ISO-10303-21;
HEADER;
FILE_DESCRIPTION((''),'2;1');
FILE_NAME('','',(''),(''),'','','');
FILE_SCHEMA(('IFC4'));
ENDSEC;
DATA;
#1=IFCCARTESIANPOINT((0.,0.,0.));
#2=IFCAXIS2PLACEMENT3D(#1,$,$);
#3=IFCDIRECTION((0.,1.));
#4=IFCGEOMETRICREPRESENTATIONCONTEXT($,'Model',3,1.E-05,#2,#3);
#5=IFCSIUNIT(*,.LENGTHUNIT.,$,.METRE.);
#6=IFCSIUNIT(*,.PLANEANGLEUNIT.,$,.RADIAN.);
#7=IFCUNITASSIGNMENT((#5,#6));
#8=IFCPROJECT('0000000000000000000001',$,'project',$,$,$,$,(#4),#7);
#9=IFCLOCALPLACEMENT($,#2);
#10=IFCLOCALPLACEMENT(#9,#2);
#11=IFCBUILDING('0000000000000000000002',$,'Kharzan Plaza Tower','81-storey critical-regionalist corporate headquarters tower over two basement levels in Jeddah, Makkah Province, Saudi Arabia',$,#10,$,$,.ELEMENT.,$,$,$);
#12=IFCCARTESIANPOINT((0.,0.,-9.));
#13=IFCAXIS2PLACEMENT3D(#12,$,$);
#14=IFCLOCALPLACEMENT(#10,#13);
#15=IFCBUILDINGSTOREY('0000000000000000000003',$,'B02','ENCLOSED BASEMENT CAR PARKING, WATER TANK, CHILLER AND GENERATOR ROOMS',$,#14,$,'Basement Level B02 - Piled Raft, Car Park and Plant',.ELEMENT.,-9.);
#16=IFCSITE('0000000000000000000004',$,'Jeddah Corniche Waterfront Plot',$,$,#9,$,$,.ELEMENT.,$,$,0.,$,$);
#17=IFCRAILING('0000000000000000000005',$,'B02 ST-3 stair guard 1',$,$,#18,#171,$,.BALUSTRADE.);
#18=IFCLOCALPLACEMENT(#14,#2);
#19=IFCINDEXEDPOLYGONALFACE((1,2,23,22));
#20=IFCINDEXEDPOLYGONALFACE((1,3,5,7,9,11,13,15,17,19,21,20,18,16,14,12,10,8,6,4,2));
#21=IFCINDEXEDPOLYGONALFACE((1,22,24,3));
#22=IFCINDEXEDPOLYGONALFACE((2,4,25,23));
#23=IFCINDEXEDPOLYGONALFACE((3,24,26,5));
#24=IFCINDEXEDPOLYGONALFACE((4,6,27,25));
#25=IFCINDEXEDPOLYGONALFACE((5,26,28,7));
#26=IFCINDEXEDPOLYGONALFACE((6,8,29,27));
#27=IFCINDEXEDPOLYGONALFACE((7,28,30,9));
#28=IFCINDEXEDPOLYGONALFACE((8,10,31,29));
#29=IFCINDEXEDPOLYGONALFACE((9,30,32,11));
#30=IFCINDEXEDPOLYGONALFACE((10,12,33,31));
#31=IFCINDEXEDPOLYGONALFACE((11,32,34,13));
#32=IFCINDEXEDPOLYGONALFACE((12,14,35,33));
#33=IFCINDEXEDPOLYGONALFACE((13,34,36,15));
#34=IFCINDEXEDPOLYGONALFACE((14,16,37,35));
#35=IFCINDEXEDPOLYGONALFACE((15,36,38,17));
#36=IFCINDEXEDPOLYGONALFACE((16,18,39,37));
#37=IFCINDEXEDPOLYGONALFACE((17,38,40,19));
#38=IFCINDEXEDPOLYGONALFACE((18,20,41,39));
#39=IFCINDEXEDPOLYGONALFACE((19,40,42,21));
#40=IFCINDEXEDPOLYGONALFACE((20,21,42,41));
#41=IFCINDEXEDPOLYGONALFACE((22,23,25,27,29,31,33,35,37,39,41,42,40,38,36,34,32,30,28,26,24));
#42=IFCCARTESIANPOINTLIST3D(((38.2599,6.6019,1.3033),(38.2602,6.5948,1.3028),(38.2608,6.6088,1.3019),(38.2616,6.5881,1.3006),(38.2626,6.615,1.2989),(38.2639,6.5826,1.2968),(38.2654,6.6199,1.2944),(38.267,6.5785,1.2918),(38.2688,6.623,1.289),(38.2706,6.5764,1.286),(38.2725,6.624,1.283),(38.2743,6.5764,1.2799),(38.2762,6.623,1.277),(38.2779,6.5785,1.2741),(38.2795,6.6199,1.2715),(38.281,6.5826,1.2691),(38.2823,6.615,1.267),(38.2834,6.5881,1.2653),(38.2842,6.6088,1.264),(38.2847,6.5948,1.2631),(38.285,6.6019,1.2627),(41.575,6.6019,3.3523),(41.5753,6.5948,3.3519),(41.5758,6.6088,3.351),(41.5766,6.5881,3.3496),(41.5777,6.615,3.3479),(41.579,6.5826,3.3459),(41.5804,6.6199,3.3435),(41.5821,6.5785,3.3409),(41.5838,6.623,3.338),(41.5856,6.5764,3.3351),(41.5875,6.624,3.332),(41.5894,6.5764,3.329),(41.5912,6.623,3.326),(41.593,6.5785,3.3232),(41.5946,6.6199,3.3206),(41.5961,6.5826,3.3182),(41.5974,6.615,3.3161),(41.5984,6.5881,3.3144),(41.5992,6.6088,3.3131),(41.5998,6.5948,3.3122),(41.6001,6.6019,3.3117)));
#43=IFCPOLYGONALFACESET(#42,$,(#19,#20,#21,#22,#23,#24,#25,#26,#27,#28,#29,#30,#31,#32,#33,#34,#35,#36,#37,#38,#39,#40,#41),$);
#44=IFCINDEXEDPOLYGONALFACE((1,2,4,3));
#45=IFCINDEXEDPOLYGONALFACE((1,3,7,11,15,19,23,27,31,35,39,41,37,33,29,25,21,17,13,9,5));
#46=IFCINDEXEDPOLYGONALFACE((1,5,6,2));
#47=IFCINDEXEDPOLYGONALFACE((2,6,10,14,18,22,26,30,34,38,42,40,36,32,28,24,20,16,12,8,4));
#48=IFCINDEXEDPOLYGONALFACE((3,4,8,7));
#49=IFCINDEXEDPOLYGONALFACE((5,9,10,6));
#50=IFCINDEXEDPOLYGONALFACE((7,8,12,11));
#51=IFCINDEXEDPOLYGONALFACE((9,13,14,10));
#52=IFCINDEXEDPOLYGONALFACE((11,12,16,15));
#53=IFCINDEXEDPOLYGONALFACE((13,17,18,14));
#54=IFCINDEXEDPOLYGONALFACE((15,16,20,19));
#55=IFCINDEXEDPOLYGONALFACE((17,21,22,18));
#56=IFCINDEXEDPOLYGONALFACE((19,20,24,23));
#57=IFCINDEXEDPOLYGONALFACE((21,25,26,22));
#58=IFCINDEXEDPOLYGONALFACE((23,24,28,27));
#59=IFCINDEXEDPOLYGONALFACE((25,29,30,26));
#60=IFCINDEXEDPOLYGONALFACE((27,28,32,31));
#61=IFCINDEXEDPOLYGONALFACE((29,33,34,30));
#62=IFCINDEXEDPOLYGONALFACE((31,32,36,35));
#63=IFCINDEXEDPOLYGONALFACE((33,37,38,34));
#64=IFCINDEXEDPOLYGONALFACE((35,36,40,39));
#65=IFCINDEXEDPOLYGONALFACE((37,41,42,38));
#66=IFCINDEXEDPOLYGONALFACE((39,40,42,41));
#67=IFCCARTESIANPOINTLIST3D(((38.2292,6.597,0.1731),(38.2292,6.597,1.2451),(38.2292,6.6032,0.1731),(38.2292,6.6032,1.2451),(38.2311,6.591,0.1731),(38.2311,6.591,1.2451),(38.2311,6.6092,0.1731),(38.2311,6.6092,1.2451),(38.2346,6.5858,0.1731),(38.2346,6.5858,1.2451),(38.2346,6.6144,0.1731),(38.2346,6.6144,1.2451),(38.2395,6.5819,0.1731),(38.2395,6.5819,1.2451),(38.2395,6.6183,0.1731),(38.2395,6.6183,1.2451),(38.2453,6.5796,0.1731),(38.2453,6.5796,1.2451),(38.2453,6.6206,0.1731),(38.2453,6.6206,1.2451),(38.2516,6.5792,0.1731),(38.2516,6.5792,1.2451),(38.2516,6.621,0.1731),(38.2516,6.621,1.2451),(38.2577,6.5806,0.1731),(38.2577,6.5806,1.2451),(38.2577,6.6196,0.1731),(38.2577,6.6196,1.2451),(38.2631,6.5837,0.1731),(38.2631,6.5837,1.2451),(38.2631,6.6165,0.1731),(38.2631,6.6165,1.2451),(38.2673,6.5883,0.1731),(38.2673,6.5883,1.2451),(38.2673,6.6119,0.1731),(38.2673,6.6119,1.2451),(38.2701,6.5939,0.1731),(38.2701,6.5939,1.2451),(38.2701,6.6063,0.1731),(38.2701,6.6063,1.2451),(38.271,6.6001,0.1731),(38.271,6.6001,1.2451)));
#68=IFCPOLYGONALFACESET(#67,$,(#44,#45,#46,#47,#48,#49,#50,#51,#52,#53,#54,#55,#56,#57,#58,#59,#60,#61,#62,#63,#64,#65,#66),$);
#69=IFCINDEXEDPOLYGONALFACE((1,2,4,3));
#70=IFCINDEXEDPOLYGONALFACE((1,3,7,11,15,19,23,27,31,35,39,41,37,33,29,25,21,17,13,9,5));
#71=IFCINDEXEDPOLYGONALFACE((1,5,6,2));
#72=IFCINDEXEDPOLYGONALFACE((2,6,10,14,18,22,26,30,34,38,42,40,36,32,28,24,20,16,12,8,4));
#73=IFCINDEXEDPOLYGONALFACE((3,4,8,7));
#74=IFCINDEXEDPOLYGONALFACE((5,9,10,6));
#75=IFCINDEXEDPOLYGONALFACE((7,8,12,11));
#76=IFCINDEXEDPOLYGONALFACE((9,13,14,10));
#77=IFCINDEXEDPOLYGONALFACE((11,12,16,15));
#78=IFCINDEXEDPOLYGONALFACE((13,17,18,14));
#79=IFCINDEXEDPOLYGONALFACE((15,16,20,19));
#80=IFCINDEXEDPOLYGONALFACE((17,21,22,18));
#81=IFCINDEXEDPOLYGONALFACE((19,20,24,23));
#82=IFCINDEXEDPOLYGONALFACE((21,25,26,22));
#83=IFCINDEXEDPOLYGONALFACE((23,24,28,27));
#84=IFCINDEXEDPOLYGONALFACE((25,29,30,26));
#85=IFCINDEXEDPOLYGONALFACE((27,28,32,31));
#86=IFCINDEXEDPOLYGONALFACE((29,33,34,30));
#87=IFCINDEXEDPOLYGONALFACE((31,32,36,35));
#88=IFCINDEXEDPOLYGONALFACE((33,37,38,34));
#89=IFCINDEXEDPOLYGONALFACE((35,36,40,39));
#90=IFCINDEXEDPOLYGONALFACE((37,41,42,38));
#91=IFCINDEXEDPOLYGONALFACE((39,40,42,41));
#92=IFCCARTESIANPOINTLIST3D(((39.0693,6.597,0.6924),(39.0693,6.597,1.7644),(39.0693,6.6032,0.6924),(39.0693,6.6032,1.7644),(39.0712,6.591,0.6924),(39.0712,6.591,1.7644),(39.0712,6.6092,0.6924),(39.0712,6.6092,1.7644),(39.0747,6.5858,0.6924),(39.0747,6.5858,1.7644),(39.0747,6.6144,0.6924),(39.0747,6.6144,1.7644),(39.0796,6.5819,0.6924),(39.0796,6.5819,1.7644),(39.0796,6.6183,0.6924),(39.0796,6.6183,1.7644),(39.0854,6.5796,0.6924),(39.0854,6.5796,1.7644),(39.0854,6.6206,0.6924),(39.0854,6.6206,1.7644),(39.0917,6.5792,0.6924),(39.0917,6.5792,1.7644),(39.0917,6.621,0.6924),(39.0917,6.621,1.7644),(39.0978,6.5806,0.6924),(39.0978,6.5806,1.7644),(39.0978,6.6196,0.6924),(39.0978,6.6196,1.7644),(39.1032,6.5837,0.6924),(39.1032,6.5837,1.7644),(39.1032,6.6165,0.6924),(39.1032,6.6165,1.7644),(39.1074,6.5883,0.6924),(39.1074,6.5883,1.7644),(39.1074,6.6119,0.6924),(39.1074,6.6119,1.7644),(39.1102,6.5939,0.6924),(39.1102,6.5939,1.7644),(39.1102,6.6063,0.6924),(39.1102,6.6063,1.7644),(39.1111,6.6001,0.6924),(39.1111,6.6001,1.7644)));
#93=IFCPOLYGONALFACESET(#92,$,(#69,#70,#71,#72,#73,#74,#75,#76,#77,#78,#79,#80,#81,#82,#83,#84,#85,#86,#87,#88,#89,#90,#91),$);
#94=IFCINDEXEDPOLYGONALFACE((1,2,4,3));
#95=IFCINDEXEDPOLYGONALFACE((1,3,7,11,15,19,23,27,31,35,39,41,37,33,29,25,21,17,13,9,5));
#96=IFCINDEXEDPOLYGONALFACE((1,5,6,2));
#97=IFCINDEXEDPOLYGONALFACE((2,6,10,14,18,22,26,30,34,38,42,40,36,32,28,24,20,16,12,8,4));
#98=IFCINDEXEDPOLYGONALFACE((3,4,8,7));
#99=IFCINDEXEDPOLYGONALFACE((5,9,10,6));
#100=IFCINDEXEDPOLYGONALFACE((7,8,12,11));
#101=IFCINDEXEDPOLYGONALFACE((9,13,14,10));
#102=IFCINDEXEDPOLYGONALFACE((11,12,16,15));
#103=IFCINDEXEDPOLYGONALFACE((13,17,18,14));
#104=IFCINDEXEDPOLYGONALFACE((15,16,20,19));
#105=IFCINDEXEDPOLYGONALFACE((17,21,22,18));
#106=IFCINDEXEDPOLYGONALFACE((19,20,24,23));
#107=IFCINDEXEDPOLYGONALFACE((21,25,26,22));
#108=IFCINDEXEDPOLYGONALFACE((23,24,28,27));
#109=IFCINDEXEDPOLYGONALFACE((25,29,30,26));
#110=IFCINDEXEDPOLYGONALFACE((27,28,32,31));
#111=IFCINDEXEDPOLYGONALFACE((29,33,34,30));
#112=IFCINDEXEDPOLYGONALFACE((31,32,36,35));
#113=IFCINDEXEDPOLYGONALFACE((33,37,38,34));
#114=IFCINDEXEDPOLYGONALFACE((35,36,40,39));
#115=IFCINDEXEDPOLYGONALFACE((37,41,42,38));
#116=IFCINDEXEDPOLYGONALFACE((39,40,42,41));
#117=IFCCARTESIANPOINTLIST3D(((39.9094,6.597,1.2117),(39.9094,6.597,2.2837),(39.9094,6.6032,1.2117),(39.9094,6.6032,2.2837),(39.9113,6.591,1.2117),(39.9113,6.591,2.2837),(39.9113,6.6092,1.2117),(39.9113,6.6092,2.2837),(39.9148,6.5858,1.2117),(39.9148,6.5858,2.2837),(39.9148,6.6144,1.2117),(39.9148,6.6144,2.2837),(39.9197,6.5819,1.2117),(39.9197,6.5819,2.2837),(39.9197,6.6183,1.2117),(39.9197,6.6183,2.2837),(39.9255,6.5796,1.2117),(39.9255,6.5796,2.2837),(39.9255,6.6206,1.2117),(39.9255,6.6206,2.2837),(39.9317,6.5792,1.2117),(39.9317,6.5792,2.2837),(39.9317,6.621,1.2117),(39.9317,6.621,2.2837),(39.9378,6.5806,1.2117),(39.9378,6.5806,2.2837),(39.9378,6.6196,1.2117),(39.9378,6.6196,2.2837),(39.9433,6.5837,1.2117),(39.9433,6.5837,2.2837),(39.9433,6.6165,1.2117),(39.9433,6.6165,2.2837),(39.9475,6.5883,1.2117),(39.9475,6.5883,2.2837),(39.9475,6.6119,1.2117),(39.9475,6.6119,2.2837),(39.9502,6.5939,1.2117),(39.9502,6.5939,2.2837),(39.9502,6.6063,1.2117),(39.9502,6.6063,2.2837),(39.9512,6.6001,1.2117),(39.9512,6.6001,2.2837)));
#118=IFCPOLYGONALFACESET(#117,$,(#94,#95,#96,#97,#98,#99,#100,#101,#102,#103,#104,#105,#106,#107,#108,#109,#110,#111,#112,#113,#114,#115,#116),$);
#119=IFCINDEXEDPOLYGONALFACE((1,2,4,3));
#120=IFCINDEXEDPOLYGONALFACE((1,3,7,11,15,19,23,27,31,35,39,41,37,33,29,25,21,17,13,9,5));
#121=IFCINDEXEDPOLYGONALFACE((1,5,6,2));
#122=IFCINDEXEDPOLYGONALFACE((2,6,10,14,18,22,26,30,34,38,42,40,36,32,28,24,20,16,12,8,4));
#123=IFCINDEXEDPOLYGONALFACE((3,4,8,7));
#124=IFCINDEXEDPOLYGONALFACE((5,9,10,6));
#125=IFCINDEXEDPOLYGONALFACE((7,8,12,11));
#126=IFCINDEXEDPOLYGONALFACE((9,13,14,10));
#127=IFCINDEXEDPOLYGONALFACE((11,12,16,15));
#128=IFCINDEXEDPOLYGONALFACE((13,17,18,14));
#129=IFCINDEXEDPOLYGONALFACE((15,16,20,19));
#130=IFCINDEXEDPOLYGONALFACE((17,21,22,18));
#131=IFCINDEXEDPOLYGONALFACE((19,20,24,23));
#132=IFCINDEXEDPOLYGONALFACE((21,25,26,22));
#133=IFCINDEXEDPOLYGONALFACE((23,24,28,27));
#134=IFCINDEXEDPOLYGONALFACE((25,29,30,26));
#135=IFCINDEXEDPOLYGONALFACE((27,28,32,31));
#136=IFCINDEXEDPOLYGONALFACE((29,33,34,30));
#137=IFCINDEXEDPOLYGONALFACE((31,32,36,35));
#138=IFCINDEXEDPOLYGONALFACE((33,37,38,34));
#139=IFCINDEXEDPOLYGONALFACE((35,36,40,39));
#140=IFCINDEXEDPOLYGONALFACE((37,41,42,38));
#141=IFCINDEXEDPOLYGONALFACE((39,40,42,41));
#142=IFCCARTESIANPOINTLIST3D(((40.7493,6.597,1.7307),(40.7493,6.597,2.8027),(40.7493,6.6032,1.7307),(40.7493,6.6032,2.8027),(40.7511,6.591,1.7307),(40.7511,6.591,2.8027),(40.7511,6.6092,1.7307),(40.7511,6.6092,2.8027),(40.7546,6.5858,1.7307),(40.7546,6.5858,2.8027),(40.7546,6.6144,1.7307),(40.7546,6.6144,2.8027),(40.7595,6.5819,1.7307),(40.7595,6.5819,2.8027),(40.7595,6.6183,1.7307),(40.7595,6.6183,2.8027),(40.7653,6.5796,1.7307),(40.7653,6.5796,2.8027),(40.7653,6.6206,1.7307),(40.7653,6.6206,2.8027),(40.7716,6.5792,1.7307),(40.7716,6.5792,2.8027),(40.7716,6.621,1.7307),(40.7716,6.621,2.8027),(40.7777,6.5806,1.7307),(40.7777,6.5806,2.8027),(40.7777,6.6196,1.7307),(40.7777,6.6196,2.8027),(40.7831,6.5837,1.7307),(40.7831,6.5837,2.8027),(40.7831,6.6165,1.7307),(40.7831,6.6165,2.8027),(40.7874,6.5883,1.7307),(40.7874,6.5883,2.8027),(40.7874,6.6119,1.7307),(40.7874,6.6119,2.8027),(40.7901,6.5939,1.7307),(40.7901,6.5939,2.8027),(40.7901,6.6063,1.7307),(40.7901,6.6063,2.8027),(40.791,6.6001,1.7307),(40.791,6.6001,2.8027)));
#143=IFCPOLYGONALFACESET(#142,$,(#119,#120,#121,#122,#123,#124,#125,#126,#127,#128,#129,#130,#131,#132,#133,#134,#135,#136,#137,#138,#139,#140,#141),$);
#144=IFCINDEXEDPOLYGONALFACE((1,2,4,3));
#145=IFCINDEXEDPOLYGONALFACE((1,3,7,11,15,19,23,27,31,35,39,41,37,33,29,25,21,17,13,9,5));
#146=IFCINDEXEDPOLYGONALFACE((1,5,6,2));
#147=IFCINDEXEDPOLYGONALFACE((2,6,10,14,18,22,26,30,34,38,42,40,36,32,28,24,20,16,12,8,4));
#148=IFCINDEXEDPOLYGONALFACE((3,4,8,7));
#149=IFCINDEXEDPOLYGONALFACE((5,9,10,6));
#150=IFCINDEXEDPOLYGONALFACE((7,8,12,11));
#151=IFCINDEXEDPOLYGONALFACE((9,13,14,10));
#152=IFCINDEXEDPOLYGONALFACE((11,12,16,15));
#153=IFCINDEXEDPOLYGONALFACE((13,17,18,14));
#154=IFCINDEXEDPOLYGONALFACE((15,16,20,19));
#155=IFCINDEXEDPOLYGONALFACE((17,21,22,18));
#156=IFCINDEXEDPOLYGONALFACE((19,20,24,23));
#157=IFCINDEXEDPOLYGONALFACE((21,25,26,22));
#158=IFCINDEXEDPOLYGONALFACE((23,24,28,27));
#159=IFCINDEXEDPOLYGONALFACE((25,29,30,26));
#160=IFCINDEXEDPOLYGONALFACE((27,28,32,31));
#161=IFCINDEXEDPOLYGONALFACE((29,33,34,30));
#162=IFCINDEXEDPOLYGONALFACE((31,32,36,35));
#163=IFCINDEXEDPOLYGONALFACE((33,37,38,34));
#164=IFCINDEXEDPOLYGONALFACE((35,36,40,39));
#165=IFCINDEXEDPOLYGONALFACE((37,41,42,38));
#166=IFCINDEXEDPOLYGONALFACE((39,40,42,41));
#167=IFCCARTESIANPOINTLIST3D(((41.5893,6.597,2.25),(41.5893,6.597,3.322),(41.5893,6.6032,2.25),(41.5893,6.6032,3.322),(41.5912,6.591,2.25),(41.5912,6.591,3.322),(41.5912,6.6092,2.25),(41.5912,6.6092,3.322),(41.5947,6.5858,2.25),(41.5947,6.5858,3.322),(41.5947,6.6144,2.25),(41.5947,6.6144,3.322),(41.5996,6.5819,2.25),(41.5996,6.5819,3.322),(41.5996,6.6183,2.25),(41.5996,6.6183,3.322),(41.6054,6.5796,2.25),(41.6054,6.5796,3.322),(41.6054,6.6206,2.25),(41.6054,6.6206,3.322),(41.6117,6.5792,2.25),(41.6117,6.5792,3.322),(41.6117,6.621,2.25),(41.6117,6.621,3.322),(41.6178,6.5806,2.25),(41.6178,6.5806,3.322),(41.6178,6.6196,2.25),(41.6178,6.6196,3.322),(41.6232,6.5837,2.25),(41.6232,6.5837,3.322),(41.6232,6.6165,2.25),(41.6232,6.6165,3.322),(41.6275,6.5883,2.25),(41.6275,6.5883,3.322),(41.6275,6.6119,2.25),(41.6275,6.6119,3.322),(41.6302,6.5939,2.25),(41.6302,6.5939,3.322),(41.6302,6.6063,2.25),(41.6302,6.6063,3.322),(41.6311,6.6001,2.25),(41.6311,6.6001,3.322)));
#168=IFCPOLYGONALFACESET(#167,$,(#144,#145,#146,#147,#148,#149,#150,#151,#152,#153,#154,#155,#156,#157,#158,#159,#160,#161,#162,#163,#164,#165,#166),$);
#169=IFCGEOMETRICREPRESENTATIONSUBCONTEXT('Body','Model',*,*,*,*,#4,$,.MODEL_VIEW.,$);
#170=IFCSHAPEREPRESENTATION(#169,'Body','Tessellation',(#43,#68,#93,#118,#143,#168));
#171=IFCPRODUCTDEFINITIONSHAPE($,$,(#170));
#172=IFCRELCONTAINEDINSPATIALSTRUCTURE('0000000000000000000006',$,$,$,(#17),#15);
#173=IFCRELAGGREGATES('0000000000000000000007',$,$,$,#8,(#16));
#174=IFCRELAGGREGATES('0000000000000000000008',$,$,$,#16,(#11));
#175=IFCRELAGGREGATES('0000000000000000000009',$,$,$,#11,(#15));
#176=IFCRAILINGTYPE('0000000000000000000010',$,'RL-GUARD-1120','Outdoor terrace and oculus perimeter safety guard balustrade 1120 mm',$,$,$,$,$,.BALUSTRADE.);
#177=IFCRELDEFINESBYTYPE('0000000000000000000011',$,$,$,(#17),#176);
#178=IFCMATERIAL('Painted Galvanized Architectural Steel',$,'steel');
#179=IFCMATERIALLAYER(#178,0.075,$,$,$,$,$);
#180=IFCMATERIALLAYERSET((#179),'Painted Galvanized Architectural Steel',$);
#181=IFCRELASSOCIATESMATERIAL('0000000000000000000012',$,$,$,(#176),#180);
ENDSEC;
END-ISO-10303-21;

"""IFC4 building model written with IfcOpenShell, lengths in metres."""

from ifc_helpers import new_model, si_unit, direction, frame, origin, origin_2d, place, context, subcontext, project, spatial, circle, extrude, source, transform, mapped, material, layer, layer_set, type_object, element, save


model = new_model("IFC4")

# Units and contexts
model_context = context("Model", 3, precision=1e-05, world=origin(), true_north=direction((0.0, 1.0)))
body_context = subcontext(model_context, "Body", "Model", "MODEL_VIEW")
ifc_project = project(units=[si_unit("LENGTHUNIT", "METRE"), si_unit("PLANEANGLEUNIT", "RADIAN")], contexts=[model_context])

# Site, building, storey
site_placement = place(None, origin())
site = spatial("IfcSite", under=ifc_project, at=site_placement, Name="Jeddah Corniche Waterfront Plot", CompositionType="ELEMENT", RefElevation=0.0)
building_placement = place(site_placement, origin())
building = spatial("IfcBuilding", under=site, at=building_placement, Name="Kharzan Plaza Tower", Description="81-storey critical-regionalist corporate headquarters tower over two basement levels in Jeddah, Makkah Province, Saudi Arabia", CompositionType="ELEMENT")
storey_placement = place(building_placement, frame((0.0, 0.0, -9.0)))
storey = spatial("IfcBuildingStorey", under=building, at=storey_placement, Name="B02", Description="ENCLOSED BASEMENT CAR PARKING, WATER TANK, CHILLER AND GENERATOR ROOMS", LongName="Basement Level B02 - Piled Raft, Car Park and Plant", CompositionType="ELEMENT", Elevation=-9.0)

# Railing
ifc_material_1 = material(Name="Painted Galvanized Architectural Steel", Category="steel")
ifc_layer_1 = layer(ifc_material_1, 0.075)
ifc_layer_set_1 = layer_set([ifc_layer_1], Name="Painted Galvanized Architectural Steel")
railing_type_1 = type_object("IfcRailingType", Name="RL-GUARD-1120", Description="Outdoor terrace and oculus perimeter safety guard balustrade 1120 mm", PredefinedType="BALUSTRADE", material=ifc_layer_set_1)
shared_shape_1 = source(origin(), body_context, "Body", "SweptSolid", [
    extrude(circle(Radius=0.0239, at=origin_2d()), frame((0.0225, 0.0, 1.1099), z_axis=(0.850623, 0.0, 0.525776), x_axis=(0.0, 1.0, 0.0)), (0.0, 0.0, 1.0), 3.8972),
    extrude(circle(Radius=0.021, at=origin_2d()), origin(), (0.0, 0.0, 1.0), 1.072),
    extrude(circle(Radius=0.021, at=origin_2d()), frame((0.8401, 0.0, 0.5193)), (0.0, 0.0, 1.0), 1.072),
    extrude(circle(Radius=0.021, at=origin_2d()), frame((1.6802, 0.0, 1.0386)), (0.0, 0.0, 1.0), 1.072),
    extrude(circle(Radius=0.021, at=origin_2d()), frame((2.52, 0.0, 1.5576)), (0.0, 0.0, 1.0), 1.072),
    extrude(circle(Radius=0.021, at=origin_2d()), frame((3.3601, 0.0, 2.0769)), (0.0, 0.0, 1.0), 1.072),
])
railing_1_placement = place(storey_placement, frame((38.25, 6.6001, 0.1731)))
element("IfcRailing", 1, at=railing_1_placement, inside=storey, type_object=railing_type_1, Name="B02 ST-3 stair guard 1", PredefinedType="BALUSTRADE", context=body_context, shape_type="MappedRepresentation", body=[
    mapped(shared_shape_1, transform((0.0, 0.0, 0.0), x_axis=(1.0, 0.0, 0.0), y_axis=(0.0, 1.0, 0.0), z_axis=(0.0, 0.0, 1.0))),
])

save(model, "model.ifc")
